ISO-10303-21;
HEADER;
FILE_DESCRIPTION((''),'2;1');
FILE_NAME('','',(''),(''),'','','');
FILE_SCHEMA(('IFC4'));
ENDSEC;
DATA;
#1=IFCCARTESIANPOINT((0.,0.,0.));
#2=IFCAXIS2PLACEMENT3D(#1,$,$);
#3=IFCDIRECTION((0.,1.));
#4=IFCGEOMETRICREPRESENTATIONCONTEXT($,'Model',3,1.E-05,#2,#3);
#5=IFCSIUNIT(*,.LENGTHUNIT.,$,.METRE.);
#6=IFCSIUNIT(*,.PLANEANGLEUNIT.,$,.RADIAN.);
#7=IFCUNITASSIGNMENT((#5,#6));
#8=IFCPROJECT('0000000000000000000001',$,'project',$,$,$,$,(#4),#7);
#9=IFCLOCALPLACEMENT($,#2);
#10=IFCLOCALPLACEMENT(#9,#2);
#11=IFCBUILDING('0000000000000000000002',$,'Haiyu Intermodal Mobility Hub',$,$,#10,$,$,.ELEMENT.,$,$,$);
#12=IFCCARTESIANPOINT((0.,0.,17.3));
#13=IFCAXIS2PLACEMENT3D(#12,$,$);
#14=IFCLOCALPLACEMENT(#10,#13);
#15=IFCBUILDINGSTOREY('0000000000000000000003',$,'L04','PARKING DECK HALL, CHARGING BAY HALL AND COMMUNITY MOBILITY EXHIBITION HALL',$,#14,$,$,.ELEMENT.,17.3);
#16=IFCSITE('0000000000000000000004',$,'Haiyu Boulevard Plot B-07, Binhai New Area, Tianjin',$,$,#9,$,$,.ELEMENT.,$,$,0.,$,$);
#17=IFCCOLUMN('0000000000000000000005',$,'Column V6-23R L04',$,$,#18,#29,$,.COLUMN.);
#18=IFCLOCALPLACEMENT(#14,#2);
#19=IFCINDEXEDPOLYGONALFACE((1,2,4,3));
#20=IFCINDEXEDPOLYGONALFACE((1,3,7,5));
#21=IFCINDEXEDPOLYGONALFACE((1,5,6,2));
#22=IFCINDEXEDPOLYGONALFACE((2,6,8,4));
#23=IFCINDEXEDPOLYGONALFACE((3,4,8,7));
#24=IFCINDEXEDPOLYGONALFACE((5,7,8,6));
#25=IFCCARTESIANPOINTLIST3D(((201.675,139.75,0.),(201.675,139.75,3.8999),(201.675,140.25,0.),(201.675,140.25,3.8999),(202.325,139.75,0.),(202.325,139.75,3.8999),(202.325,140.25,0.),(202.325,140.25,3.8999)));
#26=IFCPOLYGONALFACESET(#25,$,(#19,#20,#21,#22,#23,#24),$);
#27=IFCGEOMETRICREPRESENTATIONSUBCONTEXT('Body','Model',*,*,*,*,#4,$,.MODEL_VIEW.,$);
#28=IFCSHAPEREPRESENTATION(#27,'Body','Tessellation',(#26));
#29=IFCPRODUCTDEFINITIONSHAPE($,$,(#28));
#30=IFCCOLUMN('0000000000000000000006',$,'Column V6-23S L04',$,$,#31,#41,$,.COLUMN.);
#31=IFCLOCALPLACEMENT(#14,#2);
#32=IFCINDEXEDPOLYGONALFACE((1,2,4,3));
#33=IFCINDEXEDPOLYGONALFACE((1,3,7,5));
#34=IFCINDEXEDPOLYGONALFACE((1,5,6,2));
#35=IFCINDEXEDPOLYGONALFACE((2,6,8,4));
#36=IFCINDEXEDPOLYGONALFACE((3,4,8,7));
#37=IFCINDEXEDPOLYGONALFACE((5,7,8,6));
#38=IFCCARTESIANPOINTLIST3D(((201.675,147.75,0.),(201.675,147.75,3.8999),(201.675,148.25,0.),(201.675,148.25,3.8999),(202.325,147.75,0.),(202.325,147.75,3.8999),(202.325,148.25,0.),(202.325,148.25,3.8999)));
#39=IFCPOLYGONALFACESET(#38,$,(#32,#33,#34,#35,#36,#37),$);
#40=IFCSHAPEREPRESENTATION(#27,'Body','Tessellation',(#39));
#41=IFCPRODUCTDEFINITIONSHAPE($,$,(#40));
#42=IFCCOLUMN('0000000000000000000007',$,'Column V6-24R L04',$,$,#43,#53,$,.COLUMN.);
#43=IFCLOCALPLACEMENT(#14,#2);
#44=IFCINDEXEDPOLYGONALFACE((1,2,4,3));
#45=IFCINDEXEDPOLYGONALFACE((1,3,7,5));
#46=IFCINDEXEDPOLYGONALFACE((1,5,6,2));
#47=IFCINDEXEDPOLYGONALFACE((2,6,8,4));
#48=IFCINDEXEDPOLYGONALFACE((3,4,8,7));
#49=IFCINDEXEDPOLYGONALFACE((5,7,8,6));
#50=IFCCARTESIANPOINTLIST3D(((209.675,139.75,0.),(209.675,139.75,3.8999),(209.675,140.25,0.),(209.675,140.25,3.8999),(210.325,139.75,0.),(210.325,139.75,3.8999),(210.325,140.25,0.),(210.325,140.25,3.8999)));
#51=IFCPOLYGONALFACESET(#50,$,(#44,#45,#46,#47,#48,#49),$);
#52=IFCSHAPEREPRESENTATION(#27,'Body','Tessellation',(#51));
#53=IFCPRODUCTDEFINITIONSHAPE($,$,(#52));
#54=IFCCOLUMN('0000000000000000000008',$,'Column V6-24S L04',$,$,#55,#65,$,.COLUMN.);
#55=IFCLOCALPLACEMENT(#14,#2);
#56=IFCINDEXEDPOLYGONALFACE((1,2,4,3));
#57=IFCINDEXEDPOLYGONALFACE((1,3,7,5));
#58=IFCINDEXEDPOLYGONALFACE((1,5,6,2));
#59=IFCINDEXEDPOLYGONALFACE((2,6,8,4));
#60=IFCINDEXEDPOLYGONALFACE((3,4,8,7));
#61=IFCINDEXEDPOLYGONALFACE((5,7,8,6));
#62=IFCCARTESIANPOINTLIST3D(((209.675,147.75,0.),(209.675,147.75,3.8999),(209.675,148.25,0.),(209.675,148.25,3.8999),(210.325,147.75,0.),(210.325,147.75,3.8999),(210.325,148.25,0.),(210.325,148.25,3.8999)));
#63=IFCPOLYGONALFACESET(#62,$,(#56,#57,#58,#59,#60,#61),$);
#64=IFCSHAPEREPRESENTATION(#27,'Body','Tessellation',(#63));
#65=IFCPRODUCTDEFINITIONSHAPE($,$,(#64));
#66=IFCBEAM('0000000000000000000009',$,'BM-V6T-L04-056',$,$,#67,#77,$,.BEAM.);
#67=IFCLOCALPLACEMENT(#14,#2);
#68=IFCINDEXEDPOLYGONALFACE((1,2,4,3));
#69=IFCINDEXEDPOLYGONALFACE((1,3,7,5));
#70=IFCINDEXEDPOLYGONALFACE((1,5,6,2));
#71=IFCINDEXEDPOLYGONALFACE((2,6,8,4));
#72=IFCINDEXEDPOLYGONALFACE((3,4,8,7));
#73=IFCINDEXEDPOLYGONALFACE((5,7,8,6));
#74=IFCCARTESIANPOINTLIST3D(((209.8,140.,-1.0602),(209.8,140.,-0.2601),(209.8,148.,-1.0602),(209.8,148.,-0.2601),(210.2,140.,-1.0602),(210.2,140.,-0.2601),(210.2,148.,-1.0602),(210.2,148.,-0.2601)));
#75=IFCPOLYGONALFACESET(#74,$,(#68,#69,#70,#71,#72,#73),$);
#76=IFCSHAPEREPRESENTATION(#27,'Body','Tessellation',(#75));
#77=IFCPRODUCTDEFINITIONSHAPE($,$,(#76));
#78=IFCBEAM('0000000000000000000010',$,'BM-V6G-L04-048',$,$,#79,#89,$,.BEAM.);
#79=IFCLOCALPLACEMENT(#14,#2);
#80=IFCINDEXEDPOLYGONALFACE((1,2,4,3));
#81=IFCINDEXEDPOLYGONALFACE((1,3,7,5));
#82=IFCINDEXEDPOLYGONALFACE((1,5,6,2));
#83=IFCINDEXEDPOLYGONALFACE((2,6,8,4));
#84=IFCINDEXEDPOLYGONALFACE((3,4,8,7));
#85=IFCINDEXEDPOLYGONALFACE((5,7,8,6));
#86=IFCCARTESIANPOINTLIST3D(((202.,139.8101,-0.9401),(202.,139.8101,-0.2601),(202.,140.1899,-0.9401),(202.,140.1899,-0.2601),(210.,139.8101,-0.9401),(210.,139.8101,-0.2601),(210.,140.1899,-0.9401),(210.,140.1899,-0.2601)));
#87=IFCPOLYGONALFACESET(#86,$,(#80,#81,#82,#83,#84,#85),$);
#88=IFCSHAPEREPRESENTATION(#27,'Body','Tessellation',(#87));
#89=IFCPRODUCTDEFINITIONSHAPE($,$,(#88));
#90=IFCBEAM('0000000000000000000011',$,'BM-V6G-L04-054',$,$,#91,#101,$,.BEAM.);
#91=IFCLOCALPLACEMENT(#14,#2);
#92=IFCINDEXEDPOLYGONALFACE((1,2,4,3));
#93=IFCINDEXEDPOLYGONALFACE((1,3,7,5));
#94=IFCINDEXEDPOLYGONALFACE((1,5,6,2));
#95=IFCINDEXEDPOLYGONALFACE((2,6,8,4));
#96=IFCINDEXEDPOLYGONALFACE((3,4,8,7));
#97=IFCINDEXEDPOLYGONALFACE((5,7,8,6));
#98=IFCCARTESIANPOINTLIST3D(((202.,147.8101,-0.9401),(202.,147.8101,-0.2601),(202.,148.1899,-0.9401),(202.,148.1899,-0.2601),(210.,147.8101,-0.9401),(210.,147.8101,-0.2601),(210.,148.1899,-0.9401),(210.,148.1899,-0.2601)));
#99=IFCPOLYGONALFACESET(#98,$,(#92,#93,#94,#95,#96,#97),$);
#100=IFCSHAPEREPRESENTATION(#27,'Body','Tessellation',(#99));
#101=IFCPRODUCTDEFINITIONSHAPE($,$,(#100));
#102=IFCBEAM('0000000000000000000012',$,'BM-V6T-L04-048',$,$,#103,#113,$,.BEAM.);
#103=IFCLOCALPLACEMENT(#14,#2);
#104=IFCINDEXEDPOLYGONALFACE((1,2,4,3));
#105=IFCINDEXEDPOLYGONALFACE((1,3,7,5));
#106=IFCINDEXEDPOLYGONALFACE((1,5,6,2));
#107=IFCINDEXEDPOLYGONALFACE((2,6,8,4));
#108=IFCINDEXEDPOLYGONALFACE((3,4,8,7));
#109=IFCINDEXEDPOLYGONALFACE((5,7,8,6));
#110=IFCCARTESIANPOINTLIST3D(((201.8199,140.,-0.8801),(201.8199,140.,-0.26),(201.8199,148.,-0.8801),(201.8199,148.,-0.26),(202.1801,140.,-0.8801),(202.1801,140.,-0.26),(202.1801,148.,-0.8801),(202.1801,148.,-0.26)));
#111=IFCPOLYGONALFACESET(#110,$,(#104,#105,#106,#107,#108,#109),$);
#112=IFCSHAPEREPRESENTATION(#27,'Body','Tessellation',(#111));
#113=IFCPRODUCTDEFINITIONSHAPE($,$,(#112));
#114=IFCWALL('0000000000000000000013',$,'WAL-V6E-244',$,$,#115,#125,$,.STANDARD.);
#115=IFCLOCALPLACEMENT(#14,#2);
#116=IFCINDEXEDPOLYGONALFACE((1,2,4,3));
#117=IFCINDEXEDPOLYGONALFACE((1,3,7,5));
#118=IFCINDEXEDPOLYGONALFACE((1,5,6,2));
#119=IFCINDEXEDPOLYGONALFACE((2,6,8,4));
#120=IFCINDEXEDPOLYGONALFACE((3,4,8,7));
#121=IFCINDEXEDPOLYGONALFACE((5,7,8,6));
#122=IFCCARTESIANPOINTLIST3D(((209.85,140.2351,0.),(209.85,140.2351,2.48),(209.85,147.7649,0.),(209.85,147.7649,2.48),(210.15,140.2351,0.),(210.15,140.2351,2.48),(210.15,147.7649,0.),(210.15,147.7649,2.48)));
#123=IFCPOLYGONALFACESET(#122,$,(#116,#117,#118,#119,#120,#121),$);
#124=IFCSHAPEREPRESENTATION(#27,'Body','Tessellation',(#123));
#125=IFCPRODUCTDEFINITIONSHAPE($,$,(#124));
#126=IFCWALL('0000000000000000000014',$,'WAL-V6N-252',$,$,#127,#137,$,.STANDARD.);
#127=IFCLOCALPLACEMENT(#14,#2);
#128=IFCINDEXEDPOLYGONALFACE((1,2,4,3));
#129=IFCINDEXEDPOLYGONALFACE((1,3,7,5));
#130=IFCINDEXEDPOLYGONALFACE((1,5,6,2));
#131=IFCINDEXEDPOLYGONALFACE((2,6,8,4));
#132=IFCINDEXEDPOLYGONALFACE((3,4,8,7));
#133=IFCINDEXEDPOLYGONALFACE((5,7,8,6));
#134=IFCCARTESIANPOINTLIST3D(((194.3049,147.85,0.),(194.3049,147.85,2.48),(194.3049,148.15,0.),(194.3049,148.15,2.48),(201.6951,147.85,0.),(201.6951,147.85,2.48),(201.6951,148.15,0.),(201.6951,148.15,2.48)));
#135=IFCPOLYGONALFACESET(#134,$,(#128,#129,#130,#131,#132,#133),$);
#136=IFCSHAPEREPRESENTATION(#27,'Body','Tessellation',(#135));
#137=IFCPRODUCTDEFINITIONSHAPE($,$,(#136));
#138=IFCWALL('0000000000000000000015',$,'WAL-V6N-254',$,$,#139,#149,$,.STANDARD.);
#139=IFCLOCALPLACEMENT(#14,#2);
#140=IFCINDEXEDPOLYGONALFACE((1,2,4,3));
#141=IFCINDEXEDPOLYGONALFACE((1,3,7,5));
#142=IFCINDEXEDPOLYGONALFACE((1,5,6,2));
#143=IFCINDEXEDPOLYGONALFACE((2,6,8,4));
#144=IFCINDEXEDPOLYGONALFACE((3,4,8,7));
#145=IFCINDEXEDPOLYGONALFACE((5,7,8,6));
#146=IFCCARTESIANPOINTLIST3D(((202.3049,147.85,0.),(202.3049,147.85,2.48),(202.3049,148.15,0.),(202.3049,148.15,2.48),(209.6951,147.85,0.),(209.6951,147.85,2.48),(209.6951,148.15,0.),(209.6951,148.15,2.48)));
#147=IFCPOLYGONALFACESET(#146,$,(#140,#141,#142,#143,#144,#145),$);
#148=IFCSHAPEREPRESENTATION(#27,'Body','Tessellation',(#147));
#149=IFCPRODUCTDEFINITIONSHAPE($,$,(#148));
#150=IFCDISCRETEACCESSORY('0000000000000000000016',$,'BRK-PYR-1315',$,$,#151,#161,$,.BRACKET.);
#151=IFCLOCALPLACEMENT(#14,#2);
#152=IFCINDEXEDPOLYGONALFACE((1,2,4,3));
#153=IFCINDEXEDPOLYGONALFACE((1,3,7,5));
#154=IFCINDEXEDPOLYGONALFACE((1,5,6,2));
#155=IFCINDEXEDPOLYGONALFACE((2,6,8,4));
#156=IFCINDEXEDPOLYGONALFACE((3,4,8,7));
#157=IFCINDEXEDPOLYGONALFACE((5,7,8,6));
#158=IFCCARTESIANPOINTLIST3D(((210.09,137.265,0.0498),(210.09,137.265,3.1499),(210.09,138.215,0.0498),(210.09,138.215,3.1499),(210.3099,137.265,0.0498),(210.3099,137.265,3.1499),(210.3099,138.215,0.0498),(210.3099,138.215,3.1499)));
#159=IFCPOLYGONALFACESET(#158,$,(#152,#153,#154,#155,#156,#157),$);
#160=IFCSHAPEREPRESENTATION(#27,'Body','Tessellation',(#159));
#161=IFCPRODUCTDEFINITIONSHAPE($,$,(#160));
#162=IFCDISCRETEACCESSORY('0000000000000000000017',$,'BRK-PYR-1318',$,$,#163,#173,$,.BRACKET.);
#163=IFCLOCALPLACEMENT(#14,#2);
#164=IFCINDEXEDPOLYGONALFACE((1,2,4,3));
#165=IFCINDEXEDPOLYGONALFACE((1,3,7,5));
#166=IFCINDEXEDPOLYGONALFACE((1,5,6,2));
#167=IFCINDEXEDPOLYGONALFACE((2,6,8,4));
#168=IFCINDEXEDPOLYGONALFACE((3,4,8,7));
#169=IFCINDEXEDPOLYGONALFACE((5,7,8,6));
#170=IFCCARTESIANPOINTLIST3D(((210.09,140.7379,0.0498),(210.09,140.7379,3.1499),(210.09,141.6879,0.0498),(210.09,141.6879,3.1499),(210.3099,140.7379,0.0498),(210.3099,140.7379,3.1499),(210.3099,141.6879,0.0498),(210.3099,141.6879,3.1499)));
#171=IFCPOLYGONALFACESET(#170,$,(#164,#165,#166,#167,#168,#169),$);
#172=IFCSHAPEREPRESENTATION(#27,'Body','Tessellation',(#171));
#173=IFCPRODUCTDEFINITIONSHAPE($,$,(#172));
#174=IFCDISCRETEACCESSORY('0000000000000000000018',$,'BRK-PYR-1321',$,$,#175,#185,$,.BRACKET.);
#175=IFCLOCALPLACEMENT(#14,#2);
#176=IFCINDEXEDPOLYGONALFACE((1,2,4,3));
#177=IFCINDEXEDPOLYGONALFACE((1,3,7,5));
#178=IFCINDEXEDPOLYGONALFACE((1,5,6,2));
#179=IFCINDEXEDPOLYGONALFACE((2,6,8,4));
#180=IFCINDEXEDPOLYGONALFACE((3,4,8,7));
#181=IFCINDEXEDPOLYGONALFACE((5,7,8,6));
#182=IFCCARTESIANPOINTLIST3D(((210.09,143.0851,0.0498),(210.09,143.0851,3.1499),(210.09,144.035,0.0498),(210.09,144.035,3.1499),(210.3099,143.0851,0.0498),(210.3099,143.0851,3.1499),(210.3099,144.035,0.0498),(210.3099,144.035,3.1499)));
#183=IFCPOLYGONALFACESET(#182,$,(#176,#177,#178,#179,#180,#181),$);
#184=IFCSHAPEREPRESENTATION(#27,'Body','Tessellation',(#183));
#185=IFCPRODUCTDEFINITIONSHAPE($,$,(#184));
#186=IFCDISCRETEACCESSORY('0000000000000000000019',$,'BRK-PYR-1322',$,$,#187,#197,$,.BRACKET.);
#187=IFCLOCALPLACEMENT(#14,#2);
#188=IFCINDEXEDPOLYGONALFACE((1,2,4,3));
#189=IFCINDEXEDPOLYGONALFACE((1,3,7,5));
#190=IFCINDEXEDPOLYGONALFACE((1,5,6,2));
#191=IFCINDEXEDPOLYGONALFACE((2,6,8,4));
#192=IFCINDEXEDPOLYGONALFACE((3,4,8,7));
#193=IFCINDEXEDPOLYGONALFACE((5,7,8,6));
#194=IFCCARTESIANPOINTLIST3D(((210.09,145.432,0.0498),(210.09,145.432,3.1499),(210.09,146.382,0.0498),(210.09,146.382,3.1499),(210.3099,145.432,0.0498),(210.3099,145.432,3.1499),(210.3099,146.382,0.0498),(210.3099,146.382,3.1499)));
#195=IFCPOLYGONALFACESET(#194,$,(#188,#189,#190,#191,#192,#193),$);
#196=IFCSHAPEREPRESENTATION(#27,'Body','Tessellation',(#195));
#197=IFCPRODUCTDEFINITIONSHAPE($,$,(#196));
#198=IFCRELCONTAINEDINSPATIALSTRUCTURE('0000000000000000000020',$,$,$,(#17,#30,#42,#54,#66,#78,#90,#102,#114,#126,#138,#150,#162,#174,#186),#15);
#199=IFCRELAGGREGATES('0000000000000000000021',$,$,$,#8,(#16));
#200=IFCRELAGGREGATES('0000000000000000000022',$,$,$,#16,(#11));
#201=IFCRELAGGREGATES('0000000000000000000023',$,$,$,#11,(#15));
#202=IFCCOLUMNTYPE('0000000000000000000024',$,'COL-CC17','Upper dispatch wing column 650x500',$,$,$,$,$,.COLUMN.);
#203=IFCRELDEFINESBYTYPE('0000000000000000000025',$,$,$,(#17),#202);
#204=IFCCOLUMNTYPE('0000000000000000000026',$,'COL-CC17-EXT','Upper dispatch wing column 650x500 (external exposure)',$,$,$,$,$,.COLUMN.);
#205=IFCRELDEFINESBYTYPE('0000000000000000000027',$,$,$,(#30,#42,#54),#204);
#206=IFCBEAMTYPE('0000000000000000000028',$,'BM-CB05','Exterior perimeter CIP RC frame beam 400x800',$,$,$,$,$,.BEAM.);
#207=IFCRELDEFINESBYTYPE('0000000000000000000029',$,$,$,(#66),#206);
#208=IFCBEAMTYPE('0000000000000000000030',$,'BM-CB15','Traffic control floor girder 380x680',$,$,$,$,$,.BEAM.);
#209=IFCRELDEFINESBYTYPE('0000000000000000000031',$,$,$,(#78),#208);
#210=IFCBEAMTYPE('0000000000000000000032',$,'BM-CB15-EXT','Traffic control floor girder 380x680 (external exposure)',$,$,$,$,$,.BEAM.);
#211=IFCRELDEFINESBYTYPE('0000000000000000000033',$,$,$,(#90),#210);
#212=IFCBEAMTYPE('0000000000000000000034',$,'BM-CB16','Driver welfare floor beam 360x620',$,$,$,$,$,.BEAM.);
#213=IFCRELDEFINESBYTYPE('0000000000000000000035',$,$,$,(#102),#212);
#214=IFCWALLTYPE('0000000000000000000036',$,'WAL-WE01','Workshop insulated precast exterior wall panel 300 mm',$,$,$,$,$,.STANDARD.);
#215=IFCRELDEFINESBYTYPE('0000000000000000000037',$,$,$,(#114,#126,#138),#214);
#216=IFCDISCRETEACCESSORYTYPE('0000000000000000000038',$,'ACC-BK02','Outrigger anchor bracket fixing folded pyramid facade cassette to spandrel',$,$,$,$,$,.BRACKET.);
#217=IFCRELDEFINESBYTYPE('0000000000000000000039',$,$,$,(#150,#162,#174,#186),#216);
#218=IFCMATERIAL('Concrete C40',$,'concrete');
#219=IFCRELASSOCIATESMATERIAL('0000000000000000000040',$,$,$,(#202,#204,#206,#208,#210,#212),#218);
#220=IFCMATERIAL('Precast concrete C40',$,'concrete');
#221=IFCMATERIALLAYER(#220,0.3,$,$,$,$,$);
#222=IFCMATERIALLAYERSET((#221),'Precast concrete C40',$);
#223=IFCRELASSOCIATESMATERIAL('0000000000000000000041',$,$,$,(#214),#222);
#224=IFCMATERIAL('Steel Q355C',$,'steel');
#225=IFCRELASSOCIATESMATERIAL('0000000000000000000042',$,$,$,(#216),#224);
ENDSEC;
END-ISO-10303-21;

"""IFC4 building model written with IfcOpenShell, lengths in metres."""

from ifc_helpers import new_model, si_unit, direction, frame, frame_2d, origin, origin_2d, place, context, subcontext, project, spatial, rectangle, extrude, material, layer, layer_set, material_profile, profile_set, type_object, element, save


model = new_model("IFC4")

# Units and contexts
model_context = context("Model", 3, precision=1e-05, world=origin(), true_north=direction((0.0, 1.0)))
body_context = subcontext(model_context, "Body", "Model", "MODEL_VIEW")
ifc_project = project(units=[si_unit("LENGTHUNIT", "METRE"), si_unit("PLANEANGLEUNIT", "RADIAN")], contexts=[model_context])

# Site, building, storey
site_placement = place(None, origin())
site = spatial("IfcSite", under=ifc_project, at=site_placement, Name="Haiyu Boulevard Plot B-07, Binhai New Area, Tianjin", CompositionType="ELEMENT", RefElevation=0.0)
building_placement = place(site_placement, origin())
building = spatial("IfcBuilding", under=site, at=building_placement, Name="Haiyu Intermodal Mobility Hub", CompositionType="ELEMENT")
storey_placement = place(building_placement, frame((0.0, 0.0, 17.3)))
storey = spatial("IfcBuildingStorey", under=building, at=storey_placement, Name="L04", Description="PARKING DECK HALL, CHARGING BAY HALL AND COMMUNITY MOBILITY EXHIBITION HALL", CompositionType="ELEMENT", Elevation=17.3)

# Columns
ifc_material_1 = material(Name="Concrete C40", Category="concrete")
ifc_material_profile_1 = material_profile(ifc_material_1, rectangle(XDim=0.6499, YDim=0.5, at=origin_2d()), Name="C650x500")
ifc_profile_set_1 = profile_set([ifc_material_profile_1], Name="Concrete C40")
column_type_1 = type_object("IfcColumnType", Name="COL-CC17", Description="Upper dispatch wing column 650x500", PredefinedType="COLUMN", material=ifc_profile_set_1)
column_placement = place(storey_placement, frame((202.0, 140.0, 0.0), z_axis=(0.0, 0.0, 1.0), x_axis=(1.0, 0.0, 0.0)))
element("IfcColumn", 1, at=column_placement, inside=storey, type_object=column_type_1, Name="Column V6-23R L04", PredefinedType="COLUMN", context=body_context, shape_type="SweptSolid", body=[
    extrude(rectangle(XDim=0.6499, YDim=0.5, at=origin_2d()), origin(), (0.0, 0.0, 1.0), 3.8999),
])
ifc_material_profile_2 = material_profile(ifc_material_1, rectangle(XDim=0.6499, YDim=0.5, at=origin_2d()), Name="C650x500")
ifc_profile_set_2 = profile_set([ifc_material_profile_2], Name="Concrete C40")
column_type_2 = type_object("IfcColumnType", Name="COL-CC17-EXT", Description="Upper dispatch wing column 650x500 (external exposure)", PredefinedType="COLUMN", material=ifc_profile_set_2)
for number, where, z_axis, x_axis, name in (
    (2, (202.0, 148.0, 0.0), (0.0, 0.0, 1.0), (1.0, 0.0, 0.0), "Column V6-23S L04"),
    (3, (210.0, 140.0, 0.0), (0.0, 0.0, 1.0), (1.0, 0.0, 0.0), "Column V6-24R L04"),
    (4, (210.0, 148.0, 0.0), (0.0, 0.0, 1.0), (1.0, 0.0, 0.0), "Column V6-24S L04"),
):
    element("IfcColumn", number, at=place(storey_placement, frame(where, z_axis=z_axis, x_axis=x_axis)), inside=storey, type_object=column_type_2, Name=name, PredefinedType="COLUMN", context=body_context, shape_type="SweptSolid", body=[
        extrude(rectangle(XDim=0.6499, YDim=0.5, at=origin_2d()), origin(), (0.0, 0.0, 1.0), 3.8999),
    ])

# Beams
ifc_material_profile_3 = material_profile(ifc_material_1, rectangle(XDim=0.3999, YDim=0.8, at=origin_2d()), Name="RCB400x800")
ifc_profile_set_3 = profile_set([ifc_material_profile_3], Name="Concrete C40")
beam_type_1 = type_object("IfcBeamType", Name="BM-CB05", Description="Exterior perimeter CIP RC frame beam 400x800", PredefinedType="BEAM", material=ifc_profile_set_3)
beam_1_placement = place(storey_placement, frame((210.0, 140.0, -0.6602), z_axis=(0.0, 1.0, 0.0), x_axis=(-1.0, 0.0, 0.0)))
element("IfcBeam", 5, at=beam_1_placement, inside=storey, type_object=beam_type_1, Name="BM-V6T-L04-056", PredefinedType="BEAM", context=body_context, shape_type="SweptSolid", body=[
    extrude(rectangle(XDim=0.3999, YDim=0.8, at=origin_2d()), origin(), (0.0, 0.0, 1.0), 8.0),
])
ifc_material_profile_4 = material_profile(ifc_material_1, rectangle(XDim=0.3799, YDim=0.6799, at=origin_2d()), Name="B380x680")
ifc_profile_set_4 = profile_set([ifc_material_profile_4], Name="Concrete C40")
beam_type_2 = type_object("IfcBeamType", Name="BM-CB15", Description="Traffic control floor girder 380x680", PredefinedType="BEAM", material=ifc_profile_set_4)
beam_2_placement = place(storey_placement, frame((202.0, 140.0, -0.6001), z_axis=(1.0, 0.0, 0.0), x_axis=(0.0, 1.0, 0.0)))
element("IfcBeam", 6, at=beam_2_placement, inside=storey, type_object=beam_type_2, Name="BM-V6G-L04-048", PredefinedType="BEAM", context=body_context, shape_type="SweptSolid", body=[
    extrude(rectangle(XDim=0.3799, YDim=0.6799, at=origin_2d()), origin(), (0.0, 0.0, 1.0), 8.0),
])
ifc_material_profile_5 = material_profile(ifc_material_1, rectangle(XDim=0.3799, YDim=0.6799, at=origin_2d()), Name="B380x680")
ifc_profile_set_5 = profile_set([ifc_material_profile_5], Name="Concrete C40")
beam_type_3 = type_object("IfcBeamType", Name="BM-CB15-EXT", Description="Traffic control floor girder 380x680 (external exposure)", PredefinedType="BEAM", material=ifc_profile_set_5)
beam_3_placement = place(storey_placement, frame((202.0, 148.0, -0.6001), z_axis=(1.0, 0.0, 0.0), x_axis=(0.0, 1.0, 0.0)))
element("IfcBeam", 7, at=beam_3_placement, inside=storey, type_object=beam_type_3, Name="BM-V6G-L04-054", PredefinedType="BEAM", context=body_context, shape_type="SweptSolid", body=[
    extrude(rectangle(XDim=0.3799, YDim=0.6799, at=origin_2d()), origin(), (0.0, 0.0, 1.0), 8.0),
])
ifc_material_profile_6 = material_profile(ifc_material_1, rectangle(XDim=0.3601, YDim=0.6201, at=origin_2d()), Name="B360x620")
ifc_profile_set_6 = profile_set([ifc_material_profile_6], Name="Concrete C40")
beam_type_4 = type_object("IfcBeamType", Name="BM-CB16", Description="Driver welfare floor beam 360x620", PredefinedType="BEAM", material=ifc_profile_set_6)
beam_4_placement = place(storey_placement, frame((202.0, 140.0, -0.5701), z_axis=(0.0, 1.0, 0.0), x_axis=(-1.0, 0.0, 0.0)))
element("IfcBeam", 8, at=beam_4_placement, inside=storey, type_object=beam_type_4, Name="BM-V6T-L04-048", PredefinedType="BEAM", context=body_context, shape_type="SweptSolid", body=[
    extrude(rectangle(XDim=0.3601, YDim=0.6201, at=origin_2d()), origin(), (0.0, 0.0, 1.0), 8.0),
])

# Walls
ifc_material_2 = material(Name="Precast concrete C40", Category="concrete")
ifc_layer = layer(ifc_material_2, 0.3)
ifc_layer_set = layer_set([ifc_layer], Name="Precast concrete C40")
wall_type = type_object("IfcWallType", Name="WAL-WE01", Description="Workshop insulated precast exterior wall panel 300 mm", PredefinedType="STANDARD", material=ifc_layer_set)
wall_placement = place(storey_placement, frame((210.0, 140.2351, 0.0), z_axis=(0.0, 0.0, 1.0), x_axis=(0.0, 1.0, 0.0)))
element("IfcWall", 9, at=wall_placement, inside=storey, type_object=wall_type, Name="WAL-V6E-244", PredefinedType="STANDARD", context=body_context, shape_type="SweptSolid", body=[
    extrude(rectangle(XDim=7.5298, YDim=0.3, at=frame_2d((3.7649, 0.0))), origin(), (0.0, 0.0, 1.0), 2.48),
])
for number, where, z_axis, x_axis, name in (
    (10, (201.6951, 148.0, 0.0), (0.0, 0.0, 1.0), (-1.0, 0.0, 0.0), "WAL-V6N-252"),
    (11, (209.6951, 148.0, 0.0), (0.0, 0.0, 1.0), (-1.0, 0.0, 0.0), "WAL-V6N-254"),
):
    element("IfcWall", number, at=place(storey_placement, frame(where, z_axis=z_axis, x_axis=x_axis)), inside=storey, type_object=wall_type, Name=name, PredefinedType="STANDARD", context=body_context, shape_type="SweptSolid", body=[
        extrude(rectangle(XDim=7.3901, YDim=0.3, at=frame_2d((3.6951, 0.0))), origin(), (0.0, 0.0, 1.0), 2.48),
    ])

# Discrete accessories
ifc_material_3 = material(Name="Steel Q355C", Category="steel")
discrete_accessory_type = type_object("IfcDiscreteAccessoryType", Name="ACC-BK02", Description="Outrigger anchor bracket fixing folded pyramid facade cassette to spandrel", PredefinedType="BRACKET", material=ifc_material_3)
for number, where, z_axis, x_axis, name in (
    (12, (210.2, 137.74, 0.0498), (0.0, 0.0, 1.0), (1.0, 0.0, 0.0), "BRK-PYR-1315"),
    (13, (210.2, 141.2129, 0.0498), (0.0, 0.0, 1.0), (1.0, 0.0, 0.0), "BRK-PYR-1318"),
    (14, (210.2, 143.5601, 0.0498), (0.0, 0.0, 1.0), (1.0, 0.0, 0.0), "BRK-PYR-1321"),
    (15, (210.2, 145.907, 0.0498), (0.0, 0.0, 1.0), (1.0, 0.0, 0.0), "BRK-PYR-1322"),
):
    element("IfcDiscreteAccessory", number, at=place(storey_placement, frame(where, z_axis=z_axis, x_axis=x_axis)), inside=storey, type_object=discrete_accessory_type, Name=name, PredefinedType="BRACKET", context=body_context, shape_type="SweptSolid", body=[
        extrude(rectangle(XDim=0.22, YDim=0.95, at=origin_2d()), origin(), (0.0, 0.0, 1.0), 3.1001),
    ])

save(model, "model.ifc")
